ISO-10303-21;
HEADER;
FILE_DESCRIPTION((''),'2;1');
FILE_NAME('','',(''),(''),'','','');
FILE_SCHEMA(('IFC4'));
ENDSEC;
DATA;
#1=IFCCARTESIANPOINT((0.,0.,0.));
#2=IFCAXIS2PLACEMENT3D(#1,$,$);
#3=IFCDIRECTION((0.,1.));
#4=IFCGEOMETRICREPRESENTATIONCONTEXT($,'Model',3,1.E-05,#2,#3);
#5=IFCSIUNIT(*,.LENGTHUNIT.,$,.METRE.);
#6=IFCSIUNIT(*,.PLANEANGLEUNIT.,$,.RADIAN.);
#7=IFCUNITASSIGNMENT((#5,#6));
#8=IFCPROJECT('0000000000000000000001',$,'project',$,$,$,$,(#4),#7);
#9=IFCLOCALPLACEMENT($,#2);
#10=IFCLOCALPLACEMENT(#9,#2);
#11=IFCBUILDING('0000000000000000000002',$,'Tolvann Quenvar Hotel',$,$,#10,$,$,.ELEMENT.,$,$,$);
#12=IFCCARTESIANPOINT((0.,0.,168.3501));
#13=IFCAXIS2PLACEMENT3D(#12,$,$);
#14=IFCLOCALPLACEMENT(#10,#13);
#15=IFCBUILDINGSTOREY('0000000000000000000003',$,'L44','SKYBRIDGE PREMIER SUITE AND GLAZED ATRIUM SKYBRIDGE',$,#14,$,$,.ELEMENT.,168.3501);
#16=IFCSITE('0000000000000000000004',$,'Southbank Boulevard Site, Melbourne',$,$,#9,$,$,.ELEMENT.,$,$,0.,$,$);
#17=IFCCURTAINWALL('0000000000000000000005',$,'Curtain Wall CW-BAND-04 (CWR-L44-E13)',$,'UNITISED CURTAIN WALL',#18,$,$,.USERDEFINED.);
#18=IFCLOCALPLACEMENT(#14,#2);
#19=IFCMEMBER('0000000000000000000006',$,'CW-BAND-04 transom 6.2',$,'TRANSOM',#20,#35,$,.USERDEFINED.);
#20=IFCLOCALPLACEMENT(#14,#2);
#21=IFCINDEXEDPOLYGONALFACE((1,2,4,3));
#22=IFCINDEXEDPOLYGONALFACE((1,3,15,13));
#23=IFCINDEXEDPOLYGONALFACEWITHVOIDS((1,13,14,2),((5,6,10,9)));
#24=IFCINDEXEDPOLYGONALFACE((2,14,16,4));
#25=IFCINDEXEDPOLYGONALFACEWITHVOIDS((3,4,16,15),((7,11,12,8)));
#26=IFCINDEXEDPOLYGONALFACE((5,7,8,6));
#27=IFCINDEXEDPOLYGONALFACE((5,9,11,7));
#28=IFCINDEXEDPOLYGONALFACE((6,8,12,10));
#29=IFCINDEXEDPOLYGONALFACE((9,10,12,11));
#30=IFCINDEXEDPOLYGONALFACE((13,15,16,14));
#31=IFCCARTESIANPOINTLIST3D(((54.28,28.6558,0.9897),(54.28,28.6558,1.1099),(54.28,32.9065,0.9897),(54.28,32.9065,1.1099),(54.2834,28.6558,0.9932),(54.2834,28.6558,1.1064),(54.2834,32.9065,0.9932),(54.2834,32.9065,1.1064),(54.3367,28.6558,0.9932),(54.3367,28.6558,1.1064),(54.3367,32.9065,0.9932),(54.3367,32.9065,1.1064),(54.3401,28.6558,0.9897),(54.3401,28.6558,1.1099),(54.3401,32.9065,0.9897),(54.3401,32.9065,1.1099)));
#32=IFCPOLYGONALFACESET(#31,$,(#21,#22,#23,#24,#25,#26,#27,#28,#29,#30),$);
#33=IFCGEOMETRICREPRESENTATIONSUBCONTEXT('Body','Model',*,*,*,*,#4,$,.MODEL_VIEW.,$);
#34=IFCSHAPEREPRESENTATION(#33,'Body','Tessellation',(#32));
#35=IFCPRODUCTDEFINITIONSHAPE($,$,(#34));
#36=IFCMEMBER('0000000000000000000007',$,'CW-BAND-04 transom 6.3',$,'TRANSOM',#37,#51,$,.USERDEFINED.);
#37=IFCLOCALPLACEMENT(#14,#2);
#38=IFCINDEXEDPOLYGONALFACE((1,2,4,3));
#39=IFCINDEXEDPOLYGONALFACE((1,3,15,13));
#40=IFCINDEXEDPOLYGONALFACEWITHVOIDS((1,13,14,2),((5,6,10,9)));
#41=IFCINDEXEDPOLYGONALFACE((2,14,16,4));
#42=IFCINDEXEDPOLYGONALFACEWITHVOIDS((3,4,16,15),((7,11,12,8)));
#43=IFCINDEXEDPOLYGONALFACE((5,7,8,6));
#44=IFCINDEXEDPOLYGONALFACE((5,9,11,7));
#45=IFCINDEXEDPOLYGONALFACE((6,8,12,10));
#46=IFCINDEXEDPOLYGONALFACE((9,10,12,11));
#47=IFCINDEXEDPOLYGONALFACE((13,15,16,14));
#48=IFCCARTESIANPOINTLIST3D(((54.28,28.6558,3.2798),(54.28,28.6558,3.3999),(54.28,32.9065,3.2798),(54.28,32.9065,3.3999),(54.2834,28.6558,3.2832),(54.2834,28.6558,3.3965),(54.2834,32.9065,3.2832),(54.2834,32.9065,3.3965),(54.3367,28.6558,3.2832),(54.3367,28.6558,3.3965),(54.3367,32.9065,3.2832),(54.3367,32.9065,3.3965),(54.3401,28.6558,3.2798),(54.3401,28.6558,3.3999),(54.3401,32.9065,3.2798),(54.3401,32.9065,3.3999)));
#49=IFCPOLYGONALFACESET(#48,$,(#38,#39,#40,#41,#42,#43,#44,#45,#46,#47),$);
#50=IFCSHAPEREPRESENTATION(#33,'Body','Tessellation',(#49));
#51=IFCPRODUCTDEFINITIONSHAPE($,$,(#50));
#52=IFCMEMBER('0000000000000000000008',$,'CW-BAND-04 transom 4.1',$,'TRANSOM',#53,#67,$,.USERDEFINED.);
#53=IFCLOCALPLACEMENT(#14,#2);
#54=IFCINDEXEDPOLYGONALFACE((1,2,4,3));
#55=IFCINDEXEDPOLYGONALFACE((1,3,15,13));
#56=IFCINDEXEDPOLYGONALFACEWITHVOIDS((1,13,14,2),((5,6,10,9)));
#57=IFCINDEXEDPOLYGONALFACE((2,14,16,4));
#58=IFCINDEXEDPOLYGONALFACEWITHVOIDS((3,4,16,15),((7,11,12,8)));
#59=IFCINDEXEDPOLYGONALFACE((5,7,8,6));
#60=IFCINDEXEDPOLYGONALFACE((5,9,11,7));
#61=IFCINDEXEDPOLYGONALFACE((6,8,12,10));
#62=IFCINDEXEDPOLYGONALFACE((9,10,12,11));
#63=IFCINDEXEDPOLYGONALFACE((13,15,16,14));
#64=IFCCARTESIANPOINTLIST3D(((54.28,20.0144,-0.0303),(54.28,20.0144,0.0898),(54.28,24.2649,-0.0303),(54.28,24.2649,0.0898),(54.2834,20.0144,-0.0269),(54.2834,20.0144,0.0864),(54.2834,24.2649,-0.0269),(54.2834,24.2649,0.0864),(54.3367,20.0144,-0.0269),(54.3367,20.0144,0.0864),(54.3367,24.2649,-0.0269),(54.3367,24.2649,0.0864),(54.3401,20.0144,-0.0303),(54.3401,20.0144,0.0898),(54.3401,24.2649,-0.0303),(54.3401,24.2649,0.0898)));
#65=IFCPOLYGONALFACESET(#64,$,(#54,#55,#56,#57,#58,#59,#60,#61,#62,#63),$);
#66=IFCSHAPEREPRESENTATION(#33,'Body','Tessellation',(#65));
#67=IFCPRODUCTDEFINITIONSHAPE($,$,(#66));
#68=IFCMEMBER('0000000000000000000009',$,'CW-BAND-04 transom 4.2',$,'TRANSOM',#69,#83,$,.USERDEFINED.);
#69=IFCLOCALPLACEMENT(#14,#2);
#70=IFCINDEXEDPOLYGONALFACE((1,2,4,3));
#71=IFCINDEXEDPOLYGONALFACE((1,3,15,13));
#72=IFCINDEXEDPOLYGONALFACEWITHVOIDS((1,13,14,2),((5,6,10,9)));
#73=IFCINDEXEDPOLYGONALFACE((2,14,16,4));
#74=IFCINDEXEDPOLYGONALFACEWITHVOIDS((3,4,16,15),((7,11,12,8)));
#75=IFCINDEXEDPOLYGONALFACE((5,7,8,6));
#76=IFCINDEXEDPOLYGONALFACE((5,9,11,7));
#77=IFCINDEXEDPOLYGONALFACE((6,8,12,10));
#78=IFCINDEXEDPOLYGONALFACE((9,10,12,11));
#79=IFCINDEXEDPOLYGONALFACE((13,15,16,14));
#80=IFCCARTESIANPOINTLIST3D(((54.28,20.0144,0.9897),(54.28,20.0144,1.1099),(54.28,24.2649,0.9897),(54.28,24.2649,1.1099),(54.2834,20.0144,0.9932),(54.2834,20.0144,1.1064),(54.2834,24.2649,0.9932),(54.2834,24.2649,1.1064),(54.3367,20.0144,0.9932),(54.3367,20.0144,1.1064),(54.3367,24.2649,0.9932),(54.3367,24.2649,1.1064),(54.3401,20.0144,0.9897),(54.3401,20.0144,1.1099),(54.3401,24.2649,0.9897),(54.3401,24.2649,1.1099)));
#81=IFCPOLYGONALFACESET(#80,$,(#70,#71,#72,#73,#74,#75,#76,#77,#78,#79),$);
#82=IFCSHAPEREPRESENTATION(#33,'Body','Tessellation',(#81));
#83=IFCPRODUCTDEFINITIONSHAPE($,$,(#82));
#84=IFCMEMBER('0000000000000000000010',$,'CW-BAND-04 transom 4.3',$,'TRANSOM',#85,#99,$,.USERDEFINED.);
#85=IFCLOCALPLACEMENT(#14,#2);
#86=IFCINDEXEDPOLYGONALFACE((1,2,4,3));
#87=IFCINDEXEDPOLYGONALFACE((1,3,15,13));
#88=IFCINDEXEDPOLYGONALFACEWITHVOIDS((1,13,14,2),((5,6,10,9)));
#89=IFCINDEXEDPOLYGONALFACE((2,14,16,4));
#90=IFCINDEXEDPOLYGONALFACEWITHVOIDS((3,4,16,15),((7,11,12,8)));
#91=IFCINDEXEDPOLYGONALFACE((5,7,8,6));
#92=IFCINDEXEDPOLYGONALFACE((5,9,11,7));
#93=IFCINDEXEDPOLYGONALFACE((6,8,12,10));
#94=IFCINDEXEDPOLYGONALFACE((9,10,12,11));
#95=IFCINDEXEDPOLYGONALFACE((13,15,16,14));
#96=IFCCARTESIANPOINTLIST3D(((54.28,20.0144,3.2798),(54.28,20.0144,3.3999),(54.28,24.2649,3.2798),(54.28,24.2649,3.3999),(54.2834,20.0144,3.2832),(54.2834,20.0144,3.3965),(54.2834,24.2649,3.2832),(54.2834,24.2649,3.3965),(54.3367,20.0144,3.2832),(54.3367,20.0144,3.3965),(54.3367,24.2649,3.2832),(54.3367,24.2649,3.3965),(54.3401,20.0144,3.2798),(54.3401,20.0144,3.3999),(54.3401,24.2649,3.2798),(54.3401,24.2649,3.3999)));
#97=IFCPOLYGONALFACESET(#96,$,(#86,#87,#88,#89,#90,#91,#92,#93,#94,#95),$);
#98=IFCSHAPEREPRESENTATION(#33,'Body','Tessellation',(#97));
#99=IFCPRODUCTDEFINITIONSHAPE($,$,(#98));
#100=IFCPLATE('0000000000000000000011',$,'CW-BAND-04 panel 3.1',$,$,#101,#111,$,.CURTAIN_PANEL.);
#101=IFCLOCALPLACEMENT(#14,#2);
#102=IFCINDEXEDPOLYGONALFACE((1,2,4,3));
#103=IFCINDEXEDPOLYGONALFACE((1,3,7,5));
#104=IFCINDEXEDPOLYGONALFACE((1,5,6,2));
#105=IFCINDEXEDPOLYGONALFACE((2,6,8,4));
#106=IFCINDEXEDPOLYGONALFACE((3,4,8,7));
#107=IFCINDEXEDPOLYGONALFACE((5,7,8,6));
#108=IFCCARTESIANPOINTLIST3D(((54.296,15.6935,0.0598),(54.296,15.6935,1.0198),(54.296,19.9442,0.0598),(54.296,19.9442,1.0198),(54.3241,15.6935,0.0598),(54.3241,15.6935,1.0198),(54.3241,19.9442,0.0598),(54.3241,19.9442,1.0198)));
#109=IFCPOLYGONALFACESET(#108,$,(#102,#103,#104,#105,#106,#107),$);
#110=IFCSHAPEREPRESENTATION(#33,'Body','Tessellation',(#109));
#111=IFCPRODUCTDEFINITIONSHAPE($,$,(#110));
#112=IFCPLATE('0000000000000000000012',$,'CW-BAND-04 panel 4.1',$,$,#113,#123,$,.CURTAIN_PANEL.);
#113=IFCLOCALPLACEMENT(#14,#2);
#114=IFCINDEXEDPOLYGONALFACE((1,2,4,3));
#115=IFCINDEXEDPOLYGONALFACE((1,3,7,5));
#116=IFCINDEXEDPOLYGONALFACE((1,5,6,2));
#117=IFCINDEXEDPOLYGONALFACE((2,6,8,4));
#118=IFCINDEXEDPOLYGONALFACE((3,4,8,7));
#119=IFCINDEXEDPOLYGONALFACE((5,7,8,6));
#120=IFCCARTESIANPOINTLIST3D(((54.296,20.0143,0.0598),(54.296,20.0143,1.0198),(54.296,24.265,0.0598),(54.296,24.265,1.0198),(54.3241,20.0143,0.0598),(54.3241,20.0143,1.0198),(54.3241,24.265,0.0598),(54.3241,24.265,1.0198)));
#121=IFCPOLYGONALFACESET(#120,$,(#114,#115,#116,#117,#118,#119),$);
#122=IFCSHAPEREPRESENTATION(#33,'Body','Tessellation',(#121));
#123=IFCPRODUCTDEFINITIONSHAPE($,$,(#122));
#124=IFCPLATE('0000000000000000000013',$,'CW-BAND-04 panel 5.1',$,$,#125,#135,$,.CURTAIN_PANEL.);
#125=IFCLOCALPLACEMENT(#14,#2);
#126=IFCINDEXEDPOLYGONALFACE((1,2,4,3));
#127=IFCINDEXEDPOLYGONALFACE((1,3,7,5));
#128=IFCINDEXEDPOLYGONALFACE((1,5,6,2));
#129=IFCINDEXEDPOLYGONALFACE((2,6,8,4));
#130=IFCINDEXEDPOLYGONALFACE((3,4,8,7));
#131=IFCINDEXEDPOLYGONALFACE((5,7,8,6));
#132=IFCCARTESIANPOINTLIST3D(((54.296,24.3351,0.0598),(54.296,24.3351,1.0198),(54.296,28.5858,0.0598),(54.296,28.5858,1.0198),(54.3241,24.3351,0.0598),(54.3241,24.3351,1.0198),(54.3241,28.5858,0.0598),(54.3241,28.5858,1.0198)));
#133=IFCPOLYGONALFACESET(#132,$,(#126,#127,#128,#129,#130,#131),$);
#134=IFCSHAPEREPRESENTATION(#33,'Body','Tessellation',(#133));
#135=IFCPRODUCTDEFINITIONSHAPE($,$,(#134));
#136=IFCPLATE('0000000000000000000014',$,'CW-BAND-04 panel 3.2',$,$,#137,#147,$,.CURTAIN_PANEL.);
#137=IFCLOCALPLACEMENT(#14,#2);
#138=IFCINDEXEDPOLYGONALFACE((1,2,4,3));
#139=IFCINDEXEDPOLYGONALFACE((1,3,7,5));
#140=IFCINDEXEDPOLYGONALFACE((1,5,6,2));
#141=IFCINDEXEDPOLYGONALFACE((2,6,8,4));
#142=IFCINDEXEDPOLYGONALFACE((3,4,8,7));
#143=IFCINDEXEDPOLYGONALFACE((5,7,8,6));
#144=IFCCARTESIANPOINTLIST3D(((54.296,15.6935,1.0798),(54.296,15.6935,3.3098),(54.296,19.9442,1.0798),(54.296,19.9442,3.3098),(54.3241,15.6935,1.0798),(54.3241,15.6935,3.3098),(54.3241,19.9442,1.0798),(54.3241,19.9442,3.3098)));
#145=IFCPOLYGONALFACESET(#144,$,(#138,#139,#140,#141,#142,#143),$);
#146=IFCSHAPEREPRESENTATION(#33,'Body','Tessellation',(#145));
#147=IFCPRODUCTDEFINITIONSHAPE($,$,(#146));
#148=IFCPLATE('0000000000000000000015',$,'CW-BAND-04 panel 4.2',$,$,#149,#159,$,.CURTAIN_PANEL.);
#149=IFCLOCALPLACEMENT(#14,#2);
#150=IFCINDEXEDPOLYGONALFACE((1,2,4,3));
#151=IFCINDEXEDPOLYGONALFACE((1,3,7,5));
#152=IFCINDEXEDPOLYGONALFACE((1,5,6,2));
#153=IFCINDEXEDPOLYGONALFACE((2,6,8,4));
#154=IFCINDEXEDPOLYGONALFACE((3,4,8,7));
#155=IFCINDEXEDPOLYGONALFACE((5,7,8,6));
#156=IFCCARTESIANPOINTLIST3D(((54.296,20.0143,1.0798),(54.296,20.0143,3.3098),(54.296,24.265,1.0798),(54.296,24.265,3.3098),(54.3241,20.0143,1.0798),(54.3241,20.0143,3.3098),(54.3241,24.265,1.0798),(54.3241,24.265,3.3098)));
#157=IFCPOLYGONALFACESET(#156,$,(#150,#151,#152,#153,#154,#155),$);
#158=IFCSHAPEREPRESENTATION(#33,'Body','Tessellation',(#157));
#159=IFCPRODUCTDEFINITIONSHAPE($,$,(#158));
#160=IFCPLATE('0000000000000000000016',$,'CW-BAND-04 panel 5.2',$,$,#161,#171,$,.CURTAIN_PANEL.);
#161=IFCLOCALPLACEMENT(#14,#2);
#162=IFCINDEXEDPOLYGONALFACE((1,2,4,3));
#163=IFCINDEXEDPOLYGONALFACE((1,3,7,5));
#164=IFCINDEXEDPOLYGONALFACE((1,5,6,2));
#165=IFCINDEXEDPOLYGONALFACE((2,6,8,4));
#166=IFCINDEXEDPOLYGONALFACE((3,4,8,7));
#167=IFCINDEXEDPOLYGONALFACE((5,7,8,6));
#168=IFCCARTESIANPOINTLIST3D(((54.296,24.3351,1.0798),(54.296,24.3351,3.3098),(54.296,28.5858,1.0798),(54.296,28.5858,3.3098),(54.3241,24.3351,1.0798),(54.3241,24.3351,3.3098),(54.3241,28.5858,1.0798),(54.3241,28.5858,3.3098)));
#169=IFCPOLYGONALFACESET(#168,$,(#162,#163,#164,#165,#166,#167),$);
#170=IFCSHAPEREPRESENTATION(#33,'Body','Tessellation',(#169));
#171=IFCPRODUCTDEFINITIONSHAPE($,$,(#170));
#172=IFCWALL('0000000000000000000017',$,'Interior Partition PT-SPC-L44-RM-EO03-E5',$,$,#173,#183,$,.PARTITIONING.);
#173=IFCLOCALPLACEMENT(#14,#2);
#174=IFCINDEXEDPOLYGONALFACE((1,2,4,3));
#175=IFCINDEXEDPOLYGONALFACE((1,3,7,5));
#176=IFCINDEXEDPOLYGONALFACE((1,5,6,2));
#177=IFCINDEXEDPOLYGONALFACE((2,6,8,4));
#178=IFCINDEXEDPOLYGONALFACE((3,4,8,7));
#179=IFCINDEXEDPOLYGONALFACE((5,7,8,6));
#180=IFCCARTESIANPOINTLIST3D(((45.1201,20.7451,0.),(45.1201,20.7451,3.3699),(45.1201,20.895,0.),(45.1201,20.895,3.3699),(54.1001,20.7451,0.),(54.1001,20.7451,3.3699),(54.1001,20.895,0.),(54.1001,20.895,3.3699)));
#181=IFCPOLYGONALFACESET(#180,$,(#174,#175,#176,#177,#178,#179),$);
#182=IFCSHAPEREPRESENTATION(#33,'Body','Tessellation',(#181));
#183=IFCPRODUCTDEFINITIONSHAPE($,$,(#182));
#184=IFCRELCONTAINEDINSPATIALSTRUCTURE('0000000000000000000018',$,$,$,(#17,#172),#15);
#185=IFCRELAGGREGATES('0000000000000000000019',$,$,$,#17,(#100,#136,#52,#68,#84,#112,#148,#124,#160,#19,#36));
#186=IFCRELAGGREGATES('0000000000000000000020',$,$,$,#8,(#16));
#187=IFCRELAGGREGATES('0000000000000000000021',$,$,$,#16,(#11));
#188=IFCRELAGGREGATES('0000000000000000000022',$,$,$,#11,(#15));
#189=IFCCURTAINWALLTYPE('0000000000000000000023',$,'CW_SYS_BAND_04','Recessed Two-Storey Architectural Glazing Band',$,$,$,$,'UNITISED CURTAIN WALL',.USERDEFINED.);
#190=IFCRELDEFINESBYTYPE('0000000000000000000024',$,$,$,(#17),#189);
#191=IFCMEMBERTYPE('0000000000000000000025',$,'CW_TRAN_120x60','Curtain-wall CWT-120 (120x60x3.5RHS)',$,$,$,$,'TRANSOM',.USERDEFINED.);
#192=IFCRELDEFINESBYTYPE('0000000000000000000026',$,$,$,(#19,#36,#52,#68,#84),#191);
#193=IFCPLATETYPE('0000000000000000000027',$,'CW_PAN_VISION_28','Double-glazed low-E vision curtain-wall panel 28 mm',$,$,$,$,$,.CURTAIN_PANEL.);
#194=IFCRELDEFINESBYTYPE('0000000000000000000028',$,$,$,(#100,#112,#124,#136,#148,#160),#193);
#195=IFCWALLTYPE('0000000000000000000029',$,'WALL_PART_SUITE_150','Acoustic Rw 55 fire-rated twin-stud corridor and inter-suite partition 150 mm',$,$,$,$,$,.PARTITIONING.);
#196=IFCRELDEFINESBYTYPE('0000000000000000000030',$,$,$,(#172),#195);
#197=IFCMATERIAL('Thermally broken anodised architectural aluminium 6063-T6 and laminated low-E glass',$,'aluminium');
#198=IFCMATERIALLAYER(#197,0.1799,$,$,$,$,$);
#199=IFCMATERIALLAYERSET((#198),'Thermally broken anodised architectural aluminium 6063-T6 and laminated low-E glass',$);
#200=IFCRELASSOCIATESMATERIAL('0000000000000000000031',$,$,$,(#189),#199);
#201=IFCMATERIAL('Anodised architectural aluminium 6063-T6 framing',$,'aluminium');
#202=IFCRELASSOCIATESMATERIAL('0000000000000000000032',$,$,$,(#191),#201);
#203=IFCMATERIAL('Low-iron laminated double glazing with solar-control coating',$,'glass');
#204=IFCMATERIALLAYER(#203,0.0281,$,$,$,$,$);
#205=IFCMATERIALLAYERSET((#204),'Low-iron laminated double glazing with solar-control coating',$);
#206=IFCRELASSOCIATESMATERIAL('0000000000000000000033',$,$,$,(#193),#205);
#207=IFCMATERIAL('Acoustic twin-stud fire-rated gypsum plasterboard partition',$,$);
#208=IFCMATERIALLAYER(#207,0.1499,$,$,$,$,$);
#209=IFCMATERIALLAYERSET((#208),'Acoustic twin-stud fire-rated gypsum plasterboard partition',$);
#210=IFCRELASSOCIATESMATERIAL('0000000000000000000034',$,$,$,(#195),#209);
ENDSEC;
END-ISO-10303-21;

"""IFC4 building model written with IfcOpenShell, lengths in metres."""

from ifc_helpers import new_model, si_unit, direction, frame, frame_2d, origin, origin_2d, place, context, subcontext, project, spatial, rectangle, hollow_rectangle, extrude, source, transform, mapped, material, layer, layer_set, material_profile, profile_set, type_object, type_shapes, element, aggregate, save


model = new_model("IFC4")

# Units and contexts
model_context = context("Model", 3, precision=1e-05, world=origin(), true_north=direction((0.0, 1.0)))
body_context = subcontext(model_context, "Body", "Model", "MODEL_VIEW")
ifc_project = project(units=[si_unit("LENGTHUNIT", "METRE"), si_unit("PLANEANGLEUNIT", "RADIAN")], contexts=[model_context])

# Site, building, storey
site_placement = place(None, origin())
site = spatial("IfcSite", under=ifc_project, at=site_placement, Name="Southbank Boulevard Site, Melbourne", CompositionType="ELEMENT", RefElevation=0.0)
building_placement = place(site_placement, origin())
building = spatial("IfcBuilding", under=site, at=building_placement, Name="Tolvann Quenvar Hotel", CompositionType="ELEMENT")
storey_placement = place(building_placement, frame((0.0, 0.0, 168.3501)))
storey = spatial("IfcBuildingStorey", under=building, at=storey_placement, Name="L44", Description="SKYBRIDGE PREMIER SUITE AND GLAZED ATRIUM SKYBRIDGE", CompositionType="ELEMENT", Elevation=168.3501)

# Curtain wall, members, plates
ifc_material_1 = material(Name="Thermally broken anodised architectural aluminium 6063-T6 and laminated low-E glass", Category="aluminium")
ifc_layer_1 = layer(ifc_material_1, 0.1799)
ifc_layer_set_1 = layer_set([ifc_layer_1], Name="Thermally broken anodised architectural aluminium 6063-T6 and laminated low-E glass")
curtain_wall_type = type_object("IfcCurtainWallType", Name="CW_SYS_BAND_04", Description="Recessed Two-Storey Architectural Glazing Band", ElementType="UNITISED CURTAIN WALL", PredefinedType="USERDEFINED", material=ifc_layer_set_1)
curtain_wall_placement = place(storey_placement, origin())
curtain_wall = element("IfcCurtainWall", 1, at=curtain_wall_placement, inside=storey, type_object=curtain_wall_type, Name="Curtain Wall CW-BAND-04 (CWR-L44-E13)", ObjectType="UNITISED CURTAIN WALL", PredefinedType="USERDEFINED")
ifc_material_2 = material(Name="Anodised architectural aluminium 6063-T6 framing", Category="aluminium")
ifc_material_profile_1 = material_profile(ifc_material_2, hollow_rectangle(XDim=0.0601, YDim=0.1201, WallThickness=0.0034, at=origin_2d()), Name="120x60x3.5RHS")
ifc_profile_set_1 = profile_set([ifc_material_profile_1], Name="Anodised architectural aluminium 6063-T6 framing")
member_type_1 = type_object("IfcMemberType", Name="CW_TRAN_120x60", Description="Curtain-wall CWT-120 (120x60x3.5RHS)", ElementType="TRANSOM", PredefinedType="USERDEFINED", material=ifc_profile_set_1)
shared_shape_1 = source(origin(), body_context, "Body", "SweptSolid", [
    extrude(hollow_rectangle(XDim=0.0601, YDim=0.1201, WallThickness=0.0034, at=origin_2d()), origin(), (0.0, 0.0, 1.0), 4.2507),
])
member_1_placement = place(storey_placement, frame((54.3101, 28.6558, 1.0498), z_axis=(0.0, 1.0, 0.0), x_axis=(-1.0, 0.0, 0.0)))
member_1 = element("IfcMember", 2, at=member_1_placement, type_object=member_type_1, Name="CW-BAND-04 transom 6.2", ObjectType="TRANSOM", PredefinedType="USERDEFINED", context=body_context, shape_type="MappedRepresentation", body=[
    mapped(shared_shape_1, transform((0.0, 0.0, 0.0), x_axis=(1.0, 0.0, 0.0), y_axis=(0.0, 1.0, 0.0), z_axis=(0.0, 0.0, 1.0), scale=1.0)),
])
member_2_placement = place(storey_placement, frame((54.3101, 28.6558, 3.3398), z_axis=(0.0, 1.0, 0.0), x_axis=(-1.0, 0.0, 0.0)))
member_2 = element("IfcMember", 3, at=member_2_placement, type_object=member_type_1, Name="CW-BAND-04 transom 6.3", ObjectType="TRANSOM", PredefinedType="USERDEFINED", context=body_context, shape_type="MappedRepresentation", body=[
    mapped(shared_shape_1, transform((0.0, 0.0, 0.0), x_axis=(1.0, 0.0, 0.0), y_axis=(0.0, 1.0, 0.0), z_axis=(0.0, 0.0, 1.0), scale=1.0)),
])
shared_shape_2 = source(origin(), body_context, "Body", "SweptSolid", [
    extrude(hollow_rectangle(XDim=0.0601, YDim=0.1201, WallThickness=0.0034, at=origin_2d()), origin(), (0.0, 0.0, 1.0), 4.2505),
])
type_shapes(member_type_1, [shared_shape_1, shared_shape_2])
member_3_placement = place(storey_placement, frame((54.3101, 20.0144, 0.0298), z_axis=(0.0, 1.0, 0.0), x_axis=(-1.0, 0.0, 0.0)))
member_3 = element("IfcMember", 4, at=member_3_placement, type_object=member_type_1, Name="CW-BAND-04 transom 4.1", ObjectType="TRANSOM", PredefinedType="USERDEFINED", context=body_context, shape_type="MappedRepresentation", body=[
    mapped(shared_shape_2, transform((0.0, 0.0, 0.0), x_axis=(1.0, 0.0, 0.0), y_axis=(0.0, 1.0, 0.0), z_axis=(0.0, 0.0, 1.0), scale=1.0)),
])
member_4_placement = place(storey_placement, frame((54.3101, 20.0144, 1.0498), z_axis=(0.0, 1.0, 0.0), x_axis=(-1.0, 0.0, 0.0)))
member_4 = element("IfcMember", 5, at=member_4_placement, type_object=member_type_1, Name="CW-BAND-04 transom 4.2", ObjectType="TRANSOM", PredefinedType="USERDEFINED", context=body_context, shape_type="MappedRepresentation", body=[
    mapped(shared_shape_2, transform((0.0, 0.0, 0.0), x_axis=(1.0, 0.0, 0.0), y_axis=(0.0, 1.0, 0.0), z_axis=(0.0, 0.0, 1.0), scale=1.0)),
])
member_5_placement = place(storey_placement, frame((54.3101, 20.0144, 3.3398), z_axis=(0.0, 1.0, 0.0), x_axis=(-1.0, 0.0, 0.0)))
member_5 = element("IfcMember", 6, at=member_5_placement, type_object=member_type_1, Name="CW-BAND-04 transom 4.3", ObjectType="TRANSOM", PredefinedType="USERDEFINED", context=body_context, shape_type="MappedRepresentation", body=[
    mapped(shared_shape_2, transform((0.0, 0.0, 0.0), x_axis=(1.0, 0.0, 0.0), y_axis=(0.0, 1.0, 0.0), z_axis=(0.0, 0.0, 1.0), scale=1.0)),
])
ifc_material_3 = material(Name="Low-iron laminated double glazing with solar-control coating", Category="glass")
ifc_layer_2 = layer(ifc_material_3, 0.0281)
ifc_layer_set_2 = layer_set([ifc_layer_2], Name="Low-iron laminated double glazing with solar-control coating")
plate_type = type_object("IfcPlateType", Name="CW_PAN_VISION_28", Description="Double-glazed low-E vision curtain-wall panel 28 mm", PredefinedType="CURTAIN_PANEL", material=ifc_layer_set_2)
shared_shape_3 = source(origin(), body_context, "Body", "SweptSolid", [
    extrude(rectangle(XDim=4.2507, YDim=0.0281, at=origin_2d()), origin(), (0.0, 0.0, 1.0), 0.96),
])
plate_1_placement = place(storey_placement, frame((54.3101, 17.8188, 0.0598), z_axis=(0.0, 0.0, 1.0), x_axis=(0.0, 1.0, 0.0)))
plate_1 = element("IfcPlate", 7, at=plate_1_placement, type_object=plate_type, Name="CW-BAND-04 panel 3.1", PredefinedType="CURTAIN_PANEL", context=body_context, shape_type="MappedRepresentation", body=[
    mapped(shared_shape_3, transform((0.0, 0.0, 0.0), x_axis=(1.0, 0.0, 0.0), y_axis=(0.0, 1.0, 0.0), z_axis=(0.0, 0.0, 1.0), scale=1.0)),
])
plate_2_placement = place(storey_placement, frame((54.3101, 22.1396, 0.0598), z_axis=(0.0, 0.0, 1.0), x_axis=(0.0, 1.0, 0.0)))
plate_2 = element("IfcPlate", 8, at=plate_2_placement, type_object=plate_type, Name="CW-BAND-04 panel 4.1", PredefinedType="CURTAIN_PANEL", context=body_context, shape_type="MappedRepresentation", body=[
    mapped(shared_shape_3, transform((0.0, 0.0, 0.0), x_axis=(1.0, 0.0, 0.0), y_axis=(0.0, 1.0, 0.0), z_axis=(0.0, 0.0, 1.0), scale=1.0)),
])
plate_3_placement = place(storey_placement, frame((54.3101, 26.4604, 0.0598), z_axis=(0.0, 0.0, 1.0), x_axis=(0.0, 1.0, 0.0)))
plate_3 = element("IfcPlate", 9, at=plate_3_placement, type_object=plate_type, Name="CW-BAND-04 panel 5.1", PredefinedType="CURTAIN_PANEL", context=body_context, shape_type="MappedRepresentation", body=[
    mapped(shared_shape_3, transform((0.0, 0.0, 0.0), x_axis=(1.0, 0.0, 0.0), y_axis=(0.0, 1.0, 0.0), z_axis=(0.0, 0.0, 1.0), scale=1.0)),
])
shared_shape_4 = source(origin(), body_context, "Body", "SweptSolid", [
    extrude(rectangle(XDim=4.2507, YDim=0.0281, at=origin_2d()), origin(), (0.0, 0.0, 1.0), 2.23),
])
type_shapes(plate_type, [shared_shape_3, shared_shape_4])
plate_4_placement = place(storey_placement, frame((54.3101, 17.8188, 1.0798), z_axis=(0.0, 0.0, 1.0), x_axis=(0.0, 1.0, 0.0)))
plate_4 = element("IfcPlate", 10, at=plate_4_placement, type_object=plate_type, Name="CW-BAND-04 panel 3.2", PredefinedType="CURTAIN_PANEL", context=body_context, shape_type="MappedRepresentation", body=[
    mapped(shared_shape_4, transform((0.0, 0.0, 0.0), x_axis=(1.0, 0.0, 0.0), y_axis=(0.0, 1.0, 0.0), z_axis=(0.0, 0.0, 1.0), scale=1.0)),
])
plate_5_placement = place(storey_placement, frame((54.3101, 22.1396, 1.0798), z_axis=(0.0, 0.0, 1.0), x_axis=(0.0, 1.0, 0.0)))
plate_5 = element("IfcPlate", 11, at=plate_5_placement, type_object=plate_type, Name="CW-BAND-04 panel 4.2", PredefinedType="CURTAIN_PANEL", context=body_context, shape_type="MappedRepresentation", body=[
    mapped(shared_shape_4, transform((0.0, 0.0, 0.0), x_axis=(1.0, 0.0, 0.0), y_axis=(0.0, 1.0, 0.0), z_axis=(0.0, 0.0, 1.0), scale=1.0)),
])
plate_6_placement = place(storey_placement, frame((54.3101, 26.4604, 1.0798), z_axis=(0.0, 0.0, 1.0), x_axis=(0.0, 1.0, 0.0)))
plate_6 = element("IfcPlate", 12, at=plate_6_placement, type_object=plate_type, Name="CW-BAND-04 panel 5.2", PredefinedType="CURTAIN_PANEL", context=body_context, shape_type="MappedRepresentation", body=[
    mapped(shared_shape_4, transform((0.0, 0.0, 0.0), x_axis=(1.0, 0.0, 0.0), y_axis=(0.0, 1.0, 0.0), z_axis=(0.0, 0.0, 1.0), scale=1.0)),
])
aggregate(curtain_wall, [plate_1, plate_4, member_3, member_4, member_5, plate_2, plate_5, plate_3, plate_6, member_1, member_2])

# Shared definitions
ifc_material_4 = material(Name="Acoustic twin-stud fire-rated gypsum plasterboard partition")
ifc_layer_3 = layer(ifc_material_4, 0.1499)
ifc_layer_set_3 = layer_set([ifc_layer_3], Name="Acoustic twin-stud fire-rated gypsum plasterboard partition")
wall_type = type_object("IfcWallType", Name="WALL_PART_SUITE_150", Description="Acoustic Rw 55 fire-rated twin-stud corridor and inter-suite partition 150 mm", PredefinedType="PARTITIONING", material=ifc_layer_set_3)

# Wall
wall_1_placement = place(storey_placement, frame((45.1201, 20.8201, 0.0), z_axis=(0.0, 0.0, 1.0), x_axis=(1.0, 0.0, 0.0)))
element("IfcWall", 13, at=wall_1_placement, inside=storey, type_object=wall_type, Name="Interior Partition PT-SPC-L44-RM-EO03-E5", PredefinedType="PARTITIONING", context=body_context, shape_type="SweptSolid", body=[
    extrude(rectangle(XDim=8.98, YDim=0.1499, at=frame_2d((4.49, 0.0))), origin(), (0.0, 0.0, 1.0), 3.3699),
])

save(model, "model.ifc")
